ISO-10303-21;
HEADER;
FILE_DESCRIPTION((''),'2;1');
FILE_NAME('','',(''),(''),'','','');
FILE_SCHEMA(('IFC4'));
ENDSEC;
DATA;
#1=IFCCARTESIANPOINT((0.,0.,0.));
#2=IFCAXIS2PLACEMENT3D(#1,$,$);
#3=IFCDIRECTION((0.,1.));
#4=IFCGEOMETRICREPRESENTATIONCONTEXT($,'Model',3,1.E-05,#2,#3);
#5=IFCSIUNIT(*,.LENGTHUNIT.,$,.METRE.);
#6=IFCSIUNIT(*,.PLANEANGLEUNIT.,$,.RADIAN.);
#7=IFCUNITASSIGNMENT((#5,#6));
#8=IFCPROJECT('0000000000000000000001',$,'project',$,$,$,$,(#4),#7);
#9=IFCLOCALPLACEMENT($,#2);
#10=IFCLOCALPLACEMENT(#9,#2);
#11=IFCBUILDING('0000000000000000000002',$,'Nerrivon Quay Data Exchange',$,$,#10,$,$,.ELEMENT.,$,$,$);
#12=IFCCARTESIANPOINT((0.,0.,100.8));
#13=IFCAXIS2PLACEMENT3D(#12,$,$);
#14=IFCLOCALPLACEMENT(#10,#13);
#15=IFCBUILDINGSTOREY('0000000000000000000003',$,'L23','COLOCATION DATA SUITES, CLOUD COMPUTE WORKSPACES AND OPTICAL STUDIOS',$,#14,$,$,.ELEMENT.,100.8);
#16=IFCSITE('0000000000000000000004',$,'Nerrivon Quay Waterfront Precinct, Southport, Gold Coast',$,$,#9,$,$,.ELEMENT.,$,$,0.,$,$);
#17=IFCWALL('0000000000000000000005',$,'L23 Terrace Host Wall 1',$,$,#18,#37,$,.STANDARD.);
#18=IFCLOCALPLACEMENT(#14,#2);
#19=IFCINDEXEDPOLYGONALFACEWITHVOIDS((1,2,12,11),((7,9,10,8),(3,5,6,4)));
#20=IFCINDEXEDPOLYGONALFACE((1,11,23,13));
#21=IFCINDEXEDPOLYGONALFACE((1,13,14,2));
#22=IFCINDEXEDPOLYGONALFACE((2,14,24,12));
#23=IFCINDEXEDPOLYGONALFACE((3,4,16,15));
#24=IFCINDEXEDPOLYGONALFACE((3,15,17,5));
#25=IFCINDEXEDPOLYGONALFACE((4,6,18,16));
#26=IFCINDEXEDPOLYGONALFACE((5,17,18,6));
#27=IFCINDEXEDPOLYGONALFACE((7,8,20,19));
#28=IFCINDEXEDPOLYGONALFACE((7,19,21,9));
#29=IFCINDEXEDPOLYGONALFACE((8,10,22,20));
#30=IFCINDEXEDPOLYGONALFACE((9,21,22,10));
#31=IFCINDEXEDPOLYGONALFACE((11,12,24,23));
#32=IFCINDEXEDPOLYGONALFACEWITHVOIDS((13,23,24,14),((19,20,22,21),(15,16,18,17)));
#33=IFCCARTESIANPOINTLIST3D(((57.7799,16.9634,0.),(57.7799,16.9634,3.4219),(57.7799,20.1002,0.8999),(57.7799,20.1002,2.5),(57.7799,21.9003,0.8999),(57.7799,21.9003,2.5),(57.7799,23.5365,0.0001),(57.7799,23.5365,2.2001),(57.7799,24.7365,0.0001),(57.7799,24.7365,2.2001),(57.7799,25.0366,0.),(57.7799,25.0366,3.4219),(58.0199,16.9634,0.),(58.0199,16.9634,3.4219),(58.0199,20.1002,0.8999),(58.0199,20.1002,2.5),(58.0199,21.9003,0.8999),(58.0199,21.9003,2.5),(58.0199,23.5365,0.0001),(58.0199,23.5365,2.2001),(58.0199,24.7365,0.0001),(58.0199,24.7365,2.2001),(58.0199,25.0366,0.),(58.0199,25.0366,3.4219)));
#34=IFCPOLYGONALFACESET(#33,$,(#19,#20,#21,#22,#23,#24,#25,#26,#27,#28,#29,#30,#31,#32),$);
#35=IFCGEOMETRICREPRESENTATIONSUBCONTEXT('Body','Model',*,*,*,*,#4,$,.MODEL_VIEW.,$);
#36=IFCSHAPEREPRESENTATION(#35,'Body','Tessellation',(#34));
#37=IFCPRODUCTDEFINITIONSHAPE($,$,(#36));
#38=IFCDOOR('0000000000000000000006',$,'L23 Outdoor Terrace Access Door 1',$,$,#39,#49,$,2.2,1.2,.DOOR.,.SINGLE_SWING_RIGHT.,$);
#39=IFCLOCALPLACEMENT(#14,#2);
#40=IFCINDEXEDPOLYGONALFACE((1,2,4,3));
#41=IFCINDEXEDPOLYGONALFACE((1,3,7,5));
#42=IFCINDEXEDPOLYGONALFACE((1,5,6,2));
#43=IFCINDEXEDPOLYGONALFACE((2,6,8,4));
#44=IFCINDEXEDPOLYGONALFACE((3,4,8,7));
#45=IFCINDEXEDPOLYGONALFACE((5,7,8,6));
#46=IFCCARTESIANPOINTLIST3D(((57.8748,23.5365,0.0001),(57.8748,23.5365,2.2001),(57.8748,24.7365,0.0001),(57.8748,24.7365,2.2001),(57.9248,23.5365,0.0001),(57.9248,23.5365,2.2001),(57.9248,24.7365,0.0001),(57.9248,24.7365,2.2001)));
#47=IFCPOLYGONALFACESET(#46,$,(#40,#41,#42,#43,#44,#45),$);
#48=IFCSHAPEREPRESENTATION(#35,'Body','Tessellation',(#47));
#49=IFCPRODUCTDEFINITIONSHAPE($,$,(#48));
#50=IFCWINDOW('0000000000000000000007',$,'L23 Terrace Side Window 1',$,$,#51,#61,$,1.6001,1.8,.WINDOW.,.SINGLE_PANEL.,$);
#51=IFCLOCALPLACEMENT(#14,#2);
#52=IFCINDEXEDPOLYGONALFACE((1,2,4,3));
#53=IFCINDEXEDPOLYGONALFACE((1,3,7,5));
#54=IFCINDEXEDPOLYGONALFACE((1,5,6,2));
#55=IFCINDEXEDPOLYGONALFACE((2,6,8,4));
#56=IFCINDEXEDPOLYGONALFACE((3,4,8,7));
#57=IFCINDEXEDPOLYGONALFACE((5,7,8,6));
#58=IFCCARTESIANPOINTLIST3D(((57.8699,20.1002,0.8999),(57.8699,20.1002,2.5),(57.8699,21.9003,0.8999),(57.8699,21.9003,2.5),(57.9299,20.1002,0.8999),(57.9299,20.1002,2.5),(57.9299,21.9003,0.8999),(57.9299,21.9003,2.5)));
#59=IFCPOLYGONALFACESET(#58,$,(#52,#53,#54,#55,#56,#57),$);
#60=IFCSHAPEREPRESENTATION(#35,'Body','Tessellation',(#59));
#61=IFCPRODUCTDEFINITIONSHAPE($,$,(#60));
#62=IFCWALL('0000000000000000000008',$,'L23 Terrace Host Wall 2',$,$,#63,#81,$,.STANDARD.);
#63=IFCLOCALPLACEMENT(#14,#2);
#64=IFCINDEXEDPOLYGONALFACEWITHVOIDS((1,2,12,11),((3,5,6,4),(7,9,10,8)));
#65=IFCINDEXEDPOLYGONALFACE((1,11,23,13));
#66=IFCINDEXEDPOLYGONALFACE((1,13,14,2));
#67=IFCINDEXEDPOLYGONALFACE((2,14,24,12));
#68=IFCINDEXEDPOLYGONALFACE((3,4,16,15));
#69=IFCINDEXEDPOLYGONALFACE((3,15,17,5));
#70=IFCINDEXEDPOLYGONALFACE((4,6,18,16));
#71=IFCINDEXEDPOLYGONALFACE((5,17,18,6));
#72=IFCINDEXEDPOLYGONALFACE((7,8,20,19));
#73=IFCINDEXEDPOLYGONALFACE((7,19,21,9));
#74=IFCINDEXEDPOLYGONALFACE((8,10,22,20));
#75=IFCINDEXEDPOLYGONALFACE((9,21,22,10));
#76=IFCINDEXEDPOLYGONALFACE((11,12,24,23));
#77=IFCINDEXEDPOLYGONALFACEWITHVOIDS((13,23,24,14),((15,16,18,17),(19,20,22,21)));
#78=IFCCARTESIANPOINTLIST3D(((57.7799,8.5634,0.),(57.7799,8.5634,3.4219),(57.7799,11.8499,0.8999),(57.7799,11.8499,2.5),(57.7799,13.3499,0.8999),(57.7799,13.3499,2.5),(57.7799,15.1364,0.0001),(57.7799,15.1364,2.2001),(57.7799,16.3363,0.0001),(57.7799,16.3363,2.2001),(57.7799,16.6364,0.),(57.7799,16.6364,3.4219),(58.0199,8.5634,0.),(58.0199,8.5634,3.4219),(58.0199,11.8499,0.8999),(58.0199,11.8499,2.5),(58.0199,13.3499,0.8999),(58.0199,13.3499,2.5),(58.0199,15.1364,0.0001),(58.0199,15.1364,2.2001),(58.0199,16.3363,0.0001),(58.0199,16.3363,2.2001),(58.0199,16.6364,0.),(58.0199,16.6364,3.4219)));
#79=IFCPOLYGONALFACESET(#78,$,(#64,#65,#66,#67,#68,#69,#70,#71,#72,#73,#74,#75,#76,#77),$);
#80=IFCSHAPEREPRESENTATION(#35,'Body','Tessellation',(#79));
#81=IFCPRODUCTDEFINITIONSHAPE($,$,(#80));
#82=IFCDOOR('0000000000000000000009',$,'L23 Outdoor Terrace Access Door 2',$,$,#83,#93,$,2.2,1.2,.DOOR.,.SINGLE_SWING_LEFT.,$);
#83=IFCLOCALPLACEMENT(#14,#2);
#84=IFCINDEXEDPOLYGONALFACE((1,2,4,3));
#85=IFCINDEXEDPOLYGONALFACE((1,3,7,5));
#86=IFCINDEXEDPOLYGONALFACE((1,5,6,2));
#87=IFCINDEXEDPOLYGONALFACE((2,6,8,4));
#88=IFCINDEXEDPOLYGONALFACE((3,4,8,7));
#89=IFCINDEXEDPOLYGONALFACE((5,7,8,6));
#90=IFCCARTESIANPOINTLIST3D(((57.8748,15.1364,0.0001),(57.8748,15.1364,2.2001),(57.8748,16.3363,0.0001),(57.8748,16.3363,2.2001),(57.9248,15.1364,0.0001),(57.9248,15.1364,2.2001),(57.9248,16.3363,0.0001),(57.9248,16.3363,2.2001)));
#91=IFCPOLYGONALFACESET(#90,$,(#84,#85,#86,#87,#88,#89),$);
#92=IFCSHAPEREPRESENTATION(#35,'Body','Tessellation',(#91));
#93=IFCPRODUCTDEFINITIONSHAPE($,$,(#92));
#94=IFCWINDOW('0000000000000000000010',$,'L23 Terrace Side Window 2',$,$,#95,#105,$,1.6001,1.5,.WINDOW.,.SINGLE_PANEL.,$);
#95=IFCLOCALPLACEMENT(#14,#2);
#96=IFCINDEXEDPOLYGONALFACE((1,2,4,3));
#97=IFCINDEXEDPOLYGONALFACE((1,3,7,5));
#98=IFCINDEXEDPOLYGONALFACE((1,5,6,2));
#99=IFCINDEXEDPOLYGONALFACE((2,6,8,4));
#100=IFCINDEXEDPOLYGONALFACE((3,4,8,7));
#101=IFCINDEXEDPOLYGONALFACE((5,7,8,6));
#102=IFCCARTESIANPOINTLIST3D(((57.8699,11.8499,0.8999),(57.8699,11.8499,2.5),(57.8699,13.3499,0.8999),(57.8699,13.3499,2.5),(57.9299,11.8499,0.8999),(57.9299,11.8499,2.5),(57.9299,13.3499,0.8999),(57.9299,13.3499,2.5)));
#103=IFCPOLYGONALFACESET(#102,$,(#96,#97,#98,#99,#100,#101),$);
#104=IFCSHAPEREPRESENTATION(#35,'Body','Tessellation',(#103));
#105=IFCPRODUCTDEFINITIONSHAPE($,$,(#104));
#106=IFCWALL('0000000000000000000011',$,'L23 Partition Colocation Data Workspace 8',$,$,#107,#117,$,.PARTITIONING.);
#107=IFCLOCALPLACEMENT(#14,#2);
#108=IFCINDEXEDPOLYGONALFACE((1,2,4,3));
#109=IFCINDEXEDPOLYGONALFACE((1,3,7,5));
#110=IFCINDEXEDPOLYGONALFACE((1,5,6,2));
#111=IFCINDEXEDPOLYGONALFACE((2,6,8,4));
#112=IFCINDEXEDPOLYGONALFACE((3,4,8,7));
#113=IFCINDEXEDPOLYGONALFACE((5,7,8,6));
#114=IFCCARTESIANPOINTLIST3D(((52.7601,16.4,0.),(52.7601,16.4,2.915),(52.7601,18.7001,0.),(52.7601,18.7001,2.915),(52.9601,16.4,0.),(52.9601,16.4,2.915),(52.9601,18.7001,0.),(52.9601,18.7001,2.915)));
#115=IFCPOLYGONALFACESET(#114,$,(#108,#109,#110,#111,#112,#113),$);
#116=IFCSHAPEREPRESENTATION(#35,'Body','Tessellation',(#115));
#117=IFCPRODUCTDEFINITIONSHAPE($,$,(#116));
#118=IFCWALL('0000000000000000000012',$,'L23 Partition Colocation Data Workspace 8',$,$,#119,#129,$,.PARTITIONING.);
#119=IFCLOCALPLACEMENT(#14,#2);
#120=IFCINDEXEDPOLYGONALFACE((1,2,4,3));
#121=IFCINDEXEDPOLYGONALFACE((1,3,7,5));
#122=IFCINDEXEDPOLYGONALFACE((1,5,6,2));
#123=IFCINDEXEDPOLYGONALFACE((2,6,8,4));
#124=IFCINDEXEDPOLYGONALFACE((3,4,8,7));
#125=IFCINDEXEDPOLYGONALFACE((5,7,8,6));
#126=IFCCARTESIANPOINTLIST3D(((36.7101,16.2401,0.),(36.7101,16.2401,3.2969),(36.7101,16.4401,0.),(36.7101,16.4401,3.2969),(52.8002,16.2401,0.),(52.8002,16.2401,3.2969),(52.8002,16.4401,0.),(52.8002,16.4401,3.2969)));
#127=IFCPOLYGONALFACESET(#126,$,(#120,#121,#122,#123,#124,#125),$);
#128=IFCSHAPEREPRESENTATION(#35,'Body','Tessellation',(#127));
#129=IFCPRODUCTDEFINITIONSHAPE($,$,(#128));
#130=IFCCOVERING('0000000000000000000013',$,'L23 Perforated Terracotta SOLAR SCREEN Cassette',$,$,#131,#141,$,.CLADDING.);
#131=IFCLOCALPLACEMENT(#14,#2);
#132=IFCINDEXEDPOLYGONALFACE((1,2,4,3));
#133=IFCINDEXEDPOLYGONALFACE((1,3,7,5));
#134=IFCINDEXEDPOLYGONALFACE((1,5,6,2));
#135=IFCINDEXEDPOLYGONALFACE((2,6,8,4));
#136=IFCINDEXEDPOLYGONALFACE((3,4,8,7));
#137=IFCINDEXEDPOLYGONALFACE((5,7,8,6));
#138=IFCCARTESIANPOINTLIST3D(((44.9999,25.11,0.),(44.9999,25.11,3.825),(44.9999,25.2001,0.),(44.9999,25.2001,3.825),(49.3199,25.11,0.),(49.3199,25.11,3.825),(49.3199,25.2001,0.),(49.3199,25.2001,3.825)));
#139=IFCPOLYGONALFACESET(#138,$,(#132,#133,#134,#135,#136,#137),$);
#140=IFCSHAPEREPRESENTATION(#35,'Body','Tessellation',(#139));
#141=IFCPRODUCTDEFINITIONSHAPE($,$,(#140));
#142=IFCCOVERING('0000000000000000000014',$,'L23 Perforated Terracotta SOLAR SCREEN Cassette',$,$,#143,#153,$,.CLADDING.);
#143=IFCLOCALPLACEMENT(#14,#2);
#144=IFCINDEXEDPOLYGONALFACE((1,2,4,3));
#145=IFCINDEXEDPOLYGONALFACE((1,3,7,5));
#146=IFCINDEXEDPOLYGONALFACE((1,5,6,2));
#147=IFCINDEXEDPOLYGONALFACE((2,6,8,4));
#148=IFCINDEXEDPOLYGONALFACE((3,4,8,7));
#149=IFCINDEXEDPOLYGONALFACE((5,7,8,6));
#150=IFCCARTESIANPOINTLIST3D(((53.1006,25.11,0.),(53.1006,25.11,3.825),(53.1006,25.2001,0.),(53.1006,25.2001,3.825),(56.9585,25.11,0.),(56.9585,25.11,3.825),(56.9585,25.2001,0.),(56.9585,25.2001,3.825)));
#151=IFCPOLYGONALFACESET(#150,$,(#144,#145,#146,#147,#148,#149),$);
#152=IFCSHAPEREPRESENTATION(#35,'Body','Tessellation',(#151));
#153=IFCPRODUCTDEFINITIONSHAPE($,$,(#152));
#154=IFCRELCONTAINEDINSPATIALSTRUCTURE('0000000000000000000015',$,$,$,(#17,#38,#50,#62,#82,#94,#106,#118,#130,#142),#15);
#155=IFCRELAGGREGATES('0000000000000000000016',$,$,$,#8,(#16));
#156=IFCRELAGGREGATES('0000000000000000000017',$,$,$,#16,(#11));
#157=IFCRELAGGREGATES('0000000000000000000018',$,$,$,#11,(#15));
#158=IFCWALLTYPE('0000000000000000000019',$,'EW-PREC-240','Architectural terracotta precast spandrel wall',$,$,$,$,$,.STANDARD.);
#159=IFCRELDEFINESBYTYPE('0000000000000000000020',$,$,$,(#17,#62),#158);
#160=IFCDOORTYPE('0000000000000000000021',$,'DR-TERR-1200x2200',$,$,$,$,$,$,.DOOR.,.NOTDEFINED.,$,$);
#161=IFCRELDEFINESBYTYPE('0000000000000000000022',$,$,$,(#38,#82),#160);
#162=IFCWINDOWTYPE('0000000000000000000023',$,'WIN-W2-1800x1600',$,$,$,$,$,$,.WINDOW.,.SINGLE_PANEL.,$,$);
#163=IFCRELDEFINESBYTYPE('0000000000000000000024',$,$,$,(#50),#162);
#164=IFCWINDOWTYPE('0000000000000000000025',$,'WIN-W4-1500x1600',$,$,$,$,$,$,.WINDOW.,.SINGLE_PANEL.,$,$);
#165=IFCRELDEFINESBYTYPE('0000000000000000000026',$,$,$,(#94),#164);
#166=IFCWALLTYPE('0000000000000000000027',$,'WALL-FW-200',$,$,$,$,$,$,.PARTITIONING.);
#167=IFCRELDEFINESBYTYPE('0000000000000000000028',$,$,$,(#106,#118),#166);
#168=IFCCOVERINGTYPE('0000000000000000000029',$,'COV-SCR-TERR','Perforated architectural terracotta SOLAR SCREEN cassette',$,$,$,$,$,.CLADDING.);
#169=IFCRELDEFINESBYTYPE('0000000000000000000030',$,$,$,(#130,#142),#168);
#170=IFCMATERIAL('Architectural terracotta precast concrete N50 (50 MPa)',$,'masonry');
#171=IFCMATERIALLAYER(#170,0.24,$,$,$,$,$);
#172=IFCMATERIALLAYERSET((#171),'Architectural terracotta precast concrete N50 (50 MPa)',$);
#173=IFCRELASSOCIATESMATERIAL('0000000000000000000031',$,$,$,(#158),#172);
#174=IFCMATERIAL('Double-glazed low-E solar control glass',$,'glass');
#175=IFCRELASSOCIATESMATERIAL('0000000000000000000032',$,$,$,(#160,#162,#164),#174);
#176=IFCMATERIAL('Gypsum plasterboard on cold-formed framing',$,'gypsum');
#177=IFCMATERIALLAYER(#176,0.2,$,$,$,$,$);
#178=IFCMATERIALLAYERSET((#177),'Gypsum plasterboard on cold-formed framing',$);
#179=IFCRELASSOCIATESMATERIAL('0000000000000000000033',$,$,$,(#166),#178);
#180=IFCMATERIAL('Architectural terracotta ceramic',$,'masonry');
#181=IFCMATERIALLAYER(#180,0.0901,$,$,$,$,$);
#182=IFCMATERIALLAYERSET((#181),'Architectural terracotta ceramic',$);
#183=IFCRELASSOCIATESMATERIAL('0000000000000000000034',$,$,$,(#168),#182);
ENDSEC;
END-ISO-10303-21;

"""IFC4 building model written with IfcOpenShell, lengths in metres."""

from ifc_helpers import new_model, si_unit, direction, frame, frame_2d, origin, origin_2d, place, context, subcontext, project, spatial, rectangle, extrude, material, layer, layer_set, type_object, element, fill, save


model = new_model("IFC4")

# Units and contexts
model_context = context("Model", 3, precision=1e-05, world=origin(), true_north=direction((0.0, 1.0)))
body_context = subcontext(model_context, "Body", "Model", "MODEL_VIEW")
ifc_project = project(units=[si_unit("LENGTHUNIT", "METRE"), si_unit("PLANEANGLEUNIT", "RADIAN")], contexts=[model_context])

# Site, building, storey
site_placement = place(None, origin())
site = spatial("IfcSite", under=ifc_project, at=site_placement, Name="Nerrivon Quay Waterfront Precinct, Southport, Gold Coast", CompositionType="ELEMENT", RefElevation=0.0)
building_placement = place(site_placement, origin())
building = spatial("IfcBuilding", under=site, at=building_placement, Name="Nerrivon Quay Data Exchange", CompositionType="ELEMENT")
storey_placement = place(building_placement, frame((0.0, 0.0, 100.8)))
storey = spatial("IfcBuildingStorey", under=building, at=storey_placement, Name="L23", Description="COLOCATION DATA SUITES, CLOUD COMPUTE WORKSPACES AND OPTICAL STUDIOS", CompositionType="ELEMENT", Elevation=100.8)

# Shared definitions
ifc_material_1 = material(Name="Double-glazed low-E solar control glass", Category="glass")

# Walls, openings, doors, windows
ifc_material_2 = material(Name="Architectural terracotta precast concrete N50 (50 MPa)", Category="masonry")
ifc_layer_1 = layer(ifc_material_2, 0.24)
ifc_layer_set_1 = layer_set([ifc_layer_1], Name="Architectural terracotta precast concrete N50 (50 MPa)")
wall_type_1 = type_object("IfcWallType", Name="EW-PREC-240", Description="Architectural terracotta precast spandrel wall", PredefinedType="STANDARD", material=ifc_layer_set_1)
wall_1_placement = place(storey_placement, frame((57.8999, 25.0366, 0.0), z_axis=(0.0, 0.0, 1.0), x_axis=(0.0, -1.0, 0.0)))
wall_1 = element("IfcWall", 1, at=wall_1_placement, inside=storey, type_object=wall_type_1, Name="L23 Terrace Host Wall 1", PredefinedType="STANDARD", context=body_context, shape_type="SweptSolid", body=[
    extrude(rectangle(XDim=8.0732, YDim=0.24, at=frame_2d((4.0366, 0.0))), origin(), (0.0, 0.0, 1.0), 3.4219),
])
opening_1_placement = place(wall_1_placement, frame((0.3, 0.0, 0.0)))
opening_1 = element("IfcOpeningElement", 2, at=opening_1_placement, cuts=wall_1, PredefinedType="OPENING", context=body_context, shape_type="SweptSolid", body=[
    extrude(rectangle(XDim=1.2, YDim=2.2, at=frame_2d((0.6001, 1.1001))), frame((0.0, 0.1299, 0.0), z_axis=(0.0, -1.0, 0.0), x_axis=(1.0, 0.0, 0.0)), (0.0, 0.0, 1.0), 0.26),
])
opening_2_placement = place(wall_1_placement, frame((3.1365, 0.0, 0.8999)))
opening_2 = element("IfcOpeningElement", 3, at=opening_2_placement, cuts=wall_1, PredefinedType="OPENING", context=body_context, shape_type="SweptSolid", body=[
    extrude(rectangle(XDim=1.8, YDim=1.6001, at=frame_2d((0.8999, 0.8))), frame((0.0, 0.1299, 0.0), z_axis=(0.0, -1.0, 0.0), x_axis=(1.0, 0.0, 0.0)), (0.0, 0.0, 1.0), 0.26),
])
door_type = type_object("IfcDoorType", Name="DR-TERR-1200x2200", OperationType="NOTDEFINED", PredefinedType="DOOR", material=ifc_material_1)
door_1_placement = place(opening_1_placement, origin())
door_1 = element("IfcDoor", 4, at=door_1_placement, inside=storey, type_object=door_type, Name="L23 Outdoor Terrace Access Door 1", OperationType="SINGLE_SWING_RIGHT", OverallHeight=2.2, OverallWidth=1.2, PredefinedType="DOOR", context=body_context, shape_type="SweptSolid", body=[
    extrude(rectangle(XDim=1.2, YDim=2.2, at=frame_2d((0.6001, 1.1001))), frame((0.0, 0.0249, 0.0), z_axis=(0.0, -1.0, 0.0), x_axis=(1.0, 0.0, 0.0)), (0.0, 0.0, 1.0), 0.05),
])
fill(opening_1, door_1)
window_type_1 = type_object("IfcWindowType", Name="WIN-W2-1800x1600", PartitioningType="SINGLE_PANEL", PredefinedType="WINDOW", material=ifc_material_1)
window_1_placement = place(opening_2_placement, origin())
window_1 = element("IfcWindow", 5, at=window_1_placement, inside=storey, type_object=window_type_1, Name="L23 Terrace Side Window 1", OverallHeight=1.6001, OverallWidth=1.8, PartitioningType="SINGLE_PANEL", PredefinedType="WINDOW", context=body_context, shape_type="SweptSolid", body=[
    extrude(rectangle(XDim=1.8, YDim=1.6001, at=frame_2d((0.8999, 0.8))), frame((0.0, 0.03, 0.0), z_axis=(0.0, -1.0, 0.0), x_axis=(1.0, 0.0, 0.0)), (0.0, 0.0, 1.0), 0.0601),
])
fill(opening_2, window_1)
wall_2_placement = place(storey_placement, frame((57.8999, 16.6365, 0.0), z_axis=(0.0, 0.0, 1.0), x_axis=(0.0, -1.0, 0.0)))
wall_2 = element("IfcWall", 6, at=wall_2_placement, inside=storey, type_object=wall_type_1, Name="L23 Terrace Host Wall 2", PredefinedType="STANDARD", context=body_context, shape_type="SweptSolid", body=[
    extrude(rectangle(XDim=8.073, YDim=0.24, at=frame_2d((4.0366, 0.0))), origin(), (0.0, 0.0, 1.0), 3.4219),
])
opening_3_placement = place(wall_2_placement, frame((0.3, 0.0, 0.0)))
opening_3 = element("IfcOpeningElement", 7, at=opening_3_placement, cuts=wall_2, PredefinedType="OPENING", context=body_context, shape_type="SweptSolid", body=[
    extrude(rectangle(XDim=1.2, YDim=2.2, at=frame_2d((0.6001, 1.1001))), frame((0.0, 0.1299, 0.0), z_axis=(0.0, -1.0, 0.0), x_axis=(1.0, 0.0, 0.0)), (0.0, 0.0, 1.0), 0.26),
])
opening_4_placement = place(wall_2_placement, frame((3.2866, 0.0, 0.8999)))
opening_4 = element("IfcOpeningElement", 8, at=opening_4_placement, cuts=wall_2, PredefinedType="OPENING", context=body_context, shape_type="SweptSolid", body=[
    extrude(rectangle(XDim=1.5, YDim=1.6001, at=frame_2d((0.75, 0.8))), frame((0.0, 0.1299, 0.0), z_axis=(0.0, -1.0, 0.0), x_axis=(1.0, 0.0, 0.0)), (0.0, 0.0, 1.0), 0.26),
])
door_2_placement = place(opening_3_placement, origin())
door_2 = element("IfcDoor", 9, at=door_2_placement, inside=storey, type_object=door_type, Name="L23 Outdoor Terrace Access Door 2", OperationType="SINGLE_SWING_LEFT", OverallHeight=2.2, OverallWidth=1.2, PredefinedType="DOOR", context=body_context, shape_type="SweptSolid", body=[
    extrude(rectangle(XDim=1.2, YDim=2.2, at=frame_2d((0.6001, 1.1001))), frame((0.0, 0.0249, 0.0), z_axis=(0.0, -1.0, 0.0), x_axis=(1.0, 0.0, 0.0)), (0.0, 0.0, 1.0), 0.05),
])
fill(opening_3, door_2)
window_type_2 = type_object("IfcWindowType", Name="WIN-W4-1500x1600", PartitioningType="SINGLE_PANEL", PredefinedType="WINDOW", material=ifc_material_1)
window_2_placement = place(opening_4_placement, origin())
window_2 = element("IfcWindow", 10, at=window_2_placement, inside=storey, type_object=window_type_2, Name="L23 Terrace Side Window 2", OverallHeight=1.6001, OverallWidth=1.5, PartitioningType="SINGLE_PANEL", PredefinedType="WINDOW", context=body_context, shape_type="SweptSolid", body=[
    extrude(rectangle(XDim=1.5, YDim=1.6001, at=frame_2d((0.75, 0.8))), frame((0.0, 0.03, 0.0), z_axis=(0.0, -1.0, 0.0), x_axis=(1.0, 0.0, 0.0)), (0.0, 0.0, 1.0), 0.0601),
])
fill(opening_4, window_2)

# Walls
ifc_material_3 = material(Name="Gypsum plasterboard on cold-formed framing", Category="gypsum")
ifc_layer_2 = layer(ifc_material_3, 0.2)
ifc_layer_set_2 = layer_set([ifc_layer_2], Name="Gypsum plasterboard on cold-formed framing")
wall_type_2 = type_object("IfcWallType", Name="WALL-FW-200", PredefinedType="PARTITIONING", material=ifc_layer_set_2)
wall_3_placement = place(storey_placement, frame((52.8601, 18.7, 0.0), z_axis=(0.0, 0.0, 1.0), x_axis=(0.0, -1.0, 0.0)))
element("IfcWall", 11, at=wall_3_placement, inside=storey, type_object=wall_type_2, Name="L23 Partition Colocation Data Workspace 8", PredefinedType="PARTITIONING", context=body_context, shape_type="SweptSolid", body=[
    extrude(rectangle(XDim=2.3, YDim=0.2, at=frame_2d((1.1499, 0.0))), origin(), (0.0, 0.0, 1.0), 2.915),
])
wall_4_placement = place(storey_placement, frame((52.8, 16.3401, 0.0), z_axis=(0.0, 0.0, 1.0), x_axis=(-1.0, 0.0, 0.0)))
element("IfcWall", 12, at=wall_4_placement, inside=storey, type_object=wall_type_2, Name="L23 Partition Colocation Data Workspace 8", PredefinedType="PARTITIONING", context=body_context, shape_type="SweptSolid", body=[
    extrude(rectangle(XDim=16.0901, YDim=0.2, at=frame_2d((8.0449, 0.0))), origin(), (0.0, 0.0, 1.0), 3.2969),
])

# Coverings
ifc_material_4 = material(Name="Architectural terracotta ceramic", Category="masonry")
ifc_layer_3 = layer(ifc_material_4, 0.0901)
ifc_layer_set_3 = layer_set([ifc_layer_3], Name="Architectural terracotta ceramic")
covering_type = type_object("IfcCoveringType", Name="COV-SCR-TERR", Description="Perforated architectural terracotta SOLAR SCREEN cassette", PredefinedType="CLADDING", material=ifc_layer_set_3)
covering_1_placement = place(storey_placement, frame((47.1599, 25.155, 0.0), z_axis=(0.0, 0.0, 1.0), x_axis=(1.0, 0.0, 0.0)))
element("IfcCovering", 13, at=covering_1_placement, inside=storey, type_object=covering_type, Name="L23 Perforated Terracotta SOLAR SCREEN Cassette", PredefinedType="CLADDING", context=body_context, shape_type="SweptSolid", body=[
    extrude(rectangle(XDim=4.3201, YDim=0.0901, at=origin_2d()), origin(), (0.0, 0.0, 1.0), 3.825),
])
covering_2_placement = place(storey_placement, frame((55.0295, 25.155, 0.0), z_axis=(0.0, 0.0, 1.0), x_axis=(1.0, 0.0, 0.0)))
element("IfcCovering", 14, at=covering_2_placement, inside=storey, type_object=covering_type, Name="L23 Perforated Terracotta SOLAR SCREEN Cassette", PredefinedType="CLADDING", context=body_context, shape_type="SweptSolid", body=[
    extrude(rectangle(XDim=3.8579, YDim=0.0901, at=origin_2d()), origin(), (0.0, 0.0, 1.0), 3.825),
])

save(model, "model.ifc")
